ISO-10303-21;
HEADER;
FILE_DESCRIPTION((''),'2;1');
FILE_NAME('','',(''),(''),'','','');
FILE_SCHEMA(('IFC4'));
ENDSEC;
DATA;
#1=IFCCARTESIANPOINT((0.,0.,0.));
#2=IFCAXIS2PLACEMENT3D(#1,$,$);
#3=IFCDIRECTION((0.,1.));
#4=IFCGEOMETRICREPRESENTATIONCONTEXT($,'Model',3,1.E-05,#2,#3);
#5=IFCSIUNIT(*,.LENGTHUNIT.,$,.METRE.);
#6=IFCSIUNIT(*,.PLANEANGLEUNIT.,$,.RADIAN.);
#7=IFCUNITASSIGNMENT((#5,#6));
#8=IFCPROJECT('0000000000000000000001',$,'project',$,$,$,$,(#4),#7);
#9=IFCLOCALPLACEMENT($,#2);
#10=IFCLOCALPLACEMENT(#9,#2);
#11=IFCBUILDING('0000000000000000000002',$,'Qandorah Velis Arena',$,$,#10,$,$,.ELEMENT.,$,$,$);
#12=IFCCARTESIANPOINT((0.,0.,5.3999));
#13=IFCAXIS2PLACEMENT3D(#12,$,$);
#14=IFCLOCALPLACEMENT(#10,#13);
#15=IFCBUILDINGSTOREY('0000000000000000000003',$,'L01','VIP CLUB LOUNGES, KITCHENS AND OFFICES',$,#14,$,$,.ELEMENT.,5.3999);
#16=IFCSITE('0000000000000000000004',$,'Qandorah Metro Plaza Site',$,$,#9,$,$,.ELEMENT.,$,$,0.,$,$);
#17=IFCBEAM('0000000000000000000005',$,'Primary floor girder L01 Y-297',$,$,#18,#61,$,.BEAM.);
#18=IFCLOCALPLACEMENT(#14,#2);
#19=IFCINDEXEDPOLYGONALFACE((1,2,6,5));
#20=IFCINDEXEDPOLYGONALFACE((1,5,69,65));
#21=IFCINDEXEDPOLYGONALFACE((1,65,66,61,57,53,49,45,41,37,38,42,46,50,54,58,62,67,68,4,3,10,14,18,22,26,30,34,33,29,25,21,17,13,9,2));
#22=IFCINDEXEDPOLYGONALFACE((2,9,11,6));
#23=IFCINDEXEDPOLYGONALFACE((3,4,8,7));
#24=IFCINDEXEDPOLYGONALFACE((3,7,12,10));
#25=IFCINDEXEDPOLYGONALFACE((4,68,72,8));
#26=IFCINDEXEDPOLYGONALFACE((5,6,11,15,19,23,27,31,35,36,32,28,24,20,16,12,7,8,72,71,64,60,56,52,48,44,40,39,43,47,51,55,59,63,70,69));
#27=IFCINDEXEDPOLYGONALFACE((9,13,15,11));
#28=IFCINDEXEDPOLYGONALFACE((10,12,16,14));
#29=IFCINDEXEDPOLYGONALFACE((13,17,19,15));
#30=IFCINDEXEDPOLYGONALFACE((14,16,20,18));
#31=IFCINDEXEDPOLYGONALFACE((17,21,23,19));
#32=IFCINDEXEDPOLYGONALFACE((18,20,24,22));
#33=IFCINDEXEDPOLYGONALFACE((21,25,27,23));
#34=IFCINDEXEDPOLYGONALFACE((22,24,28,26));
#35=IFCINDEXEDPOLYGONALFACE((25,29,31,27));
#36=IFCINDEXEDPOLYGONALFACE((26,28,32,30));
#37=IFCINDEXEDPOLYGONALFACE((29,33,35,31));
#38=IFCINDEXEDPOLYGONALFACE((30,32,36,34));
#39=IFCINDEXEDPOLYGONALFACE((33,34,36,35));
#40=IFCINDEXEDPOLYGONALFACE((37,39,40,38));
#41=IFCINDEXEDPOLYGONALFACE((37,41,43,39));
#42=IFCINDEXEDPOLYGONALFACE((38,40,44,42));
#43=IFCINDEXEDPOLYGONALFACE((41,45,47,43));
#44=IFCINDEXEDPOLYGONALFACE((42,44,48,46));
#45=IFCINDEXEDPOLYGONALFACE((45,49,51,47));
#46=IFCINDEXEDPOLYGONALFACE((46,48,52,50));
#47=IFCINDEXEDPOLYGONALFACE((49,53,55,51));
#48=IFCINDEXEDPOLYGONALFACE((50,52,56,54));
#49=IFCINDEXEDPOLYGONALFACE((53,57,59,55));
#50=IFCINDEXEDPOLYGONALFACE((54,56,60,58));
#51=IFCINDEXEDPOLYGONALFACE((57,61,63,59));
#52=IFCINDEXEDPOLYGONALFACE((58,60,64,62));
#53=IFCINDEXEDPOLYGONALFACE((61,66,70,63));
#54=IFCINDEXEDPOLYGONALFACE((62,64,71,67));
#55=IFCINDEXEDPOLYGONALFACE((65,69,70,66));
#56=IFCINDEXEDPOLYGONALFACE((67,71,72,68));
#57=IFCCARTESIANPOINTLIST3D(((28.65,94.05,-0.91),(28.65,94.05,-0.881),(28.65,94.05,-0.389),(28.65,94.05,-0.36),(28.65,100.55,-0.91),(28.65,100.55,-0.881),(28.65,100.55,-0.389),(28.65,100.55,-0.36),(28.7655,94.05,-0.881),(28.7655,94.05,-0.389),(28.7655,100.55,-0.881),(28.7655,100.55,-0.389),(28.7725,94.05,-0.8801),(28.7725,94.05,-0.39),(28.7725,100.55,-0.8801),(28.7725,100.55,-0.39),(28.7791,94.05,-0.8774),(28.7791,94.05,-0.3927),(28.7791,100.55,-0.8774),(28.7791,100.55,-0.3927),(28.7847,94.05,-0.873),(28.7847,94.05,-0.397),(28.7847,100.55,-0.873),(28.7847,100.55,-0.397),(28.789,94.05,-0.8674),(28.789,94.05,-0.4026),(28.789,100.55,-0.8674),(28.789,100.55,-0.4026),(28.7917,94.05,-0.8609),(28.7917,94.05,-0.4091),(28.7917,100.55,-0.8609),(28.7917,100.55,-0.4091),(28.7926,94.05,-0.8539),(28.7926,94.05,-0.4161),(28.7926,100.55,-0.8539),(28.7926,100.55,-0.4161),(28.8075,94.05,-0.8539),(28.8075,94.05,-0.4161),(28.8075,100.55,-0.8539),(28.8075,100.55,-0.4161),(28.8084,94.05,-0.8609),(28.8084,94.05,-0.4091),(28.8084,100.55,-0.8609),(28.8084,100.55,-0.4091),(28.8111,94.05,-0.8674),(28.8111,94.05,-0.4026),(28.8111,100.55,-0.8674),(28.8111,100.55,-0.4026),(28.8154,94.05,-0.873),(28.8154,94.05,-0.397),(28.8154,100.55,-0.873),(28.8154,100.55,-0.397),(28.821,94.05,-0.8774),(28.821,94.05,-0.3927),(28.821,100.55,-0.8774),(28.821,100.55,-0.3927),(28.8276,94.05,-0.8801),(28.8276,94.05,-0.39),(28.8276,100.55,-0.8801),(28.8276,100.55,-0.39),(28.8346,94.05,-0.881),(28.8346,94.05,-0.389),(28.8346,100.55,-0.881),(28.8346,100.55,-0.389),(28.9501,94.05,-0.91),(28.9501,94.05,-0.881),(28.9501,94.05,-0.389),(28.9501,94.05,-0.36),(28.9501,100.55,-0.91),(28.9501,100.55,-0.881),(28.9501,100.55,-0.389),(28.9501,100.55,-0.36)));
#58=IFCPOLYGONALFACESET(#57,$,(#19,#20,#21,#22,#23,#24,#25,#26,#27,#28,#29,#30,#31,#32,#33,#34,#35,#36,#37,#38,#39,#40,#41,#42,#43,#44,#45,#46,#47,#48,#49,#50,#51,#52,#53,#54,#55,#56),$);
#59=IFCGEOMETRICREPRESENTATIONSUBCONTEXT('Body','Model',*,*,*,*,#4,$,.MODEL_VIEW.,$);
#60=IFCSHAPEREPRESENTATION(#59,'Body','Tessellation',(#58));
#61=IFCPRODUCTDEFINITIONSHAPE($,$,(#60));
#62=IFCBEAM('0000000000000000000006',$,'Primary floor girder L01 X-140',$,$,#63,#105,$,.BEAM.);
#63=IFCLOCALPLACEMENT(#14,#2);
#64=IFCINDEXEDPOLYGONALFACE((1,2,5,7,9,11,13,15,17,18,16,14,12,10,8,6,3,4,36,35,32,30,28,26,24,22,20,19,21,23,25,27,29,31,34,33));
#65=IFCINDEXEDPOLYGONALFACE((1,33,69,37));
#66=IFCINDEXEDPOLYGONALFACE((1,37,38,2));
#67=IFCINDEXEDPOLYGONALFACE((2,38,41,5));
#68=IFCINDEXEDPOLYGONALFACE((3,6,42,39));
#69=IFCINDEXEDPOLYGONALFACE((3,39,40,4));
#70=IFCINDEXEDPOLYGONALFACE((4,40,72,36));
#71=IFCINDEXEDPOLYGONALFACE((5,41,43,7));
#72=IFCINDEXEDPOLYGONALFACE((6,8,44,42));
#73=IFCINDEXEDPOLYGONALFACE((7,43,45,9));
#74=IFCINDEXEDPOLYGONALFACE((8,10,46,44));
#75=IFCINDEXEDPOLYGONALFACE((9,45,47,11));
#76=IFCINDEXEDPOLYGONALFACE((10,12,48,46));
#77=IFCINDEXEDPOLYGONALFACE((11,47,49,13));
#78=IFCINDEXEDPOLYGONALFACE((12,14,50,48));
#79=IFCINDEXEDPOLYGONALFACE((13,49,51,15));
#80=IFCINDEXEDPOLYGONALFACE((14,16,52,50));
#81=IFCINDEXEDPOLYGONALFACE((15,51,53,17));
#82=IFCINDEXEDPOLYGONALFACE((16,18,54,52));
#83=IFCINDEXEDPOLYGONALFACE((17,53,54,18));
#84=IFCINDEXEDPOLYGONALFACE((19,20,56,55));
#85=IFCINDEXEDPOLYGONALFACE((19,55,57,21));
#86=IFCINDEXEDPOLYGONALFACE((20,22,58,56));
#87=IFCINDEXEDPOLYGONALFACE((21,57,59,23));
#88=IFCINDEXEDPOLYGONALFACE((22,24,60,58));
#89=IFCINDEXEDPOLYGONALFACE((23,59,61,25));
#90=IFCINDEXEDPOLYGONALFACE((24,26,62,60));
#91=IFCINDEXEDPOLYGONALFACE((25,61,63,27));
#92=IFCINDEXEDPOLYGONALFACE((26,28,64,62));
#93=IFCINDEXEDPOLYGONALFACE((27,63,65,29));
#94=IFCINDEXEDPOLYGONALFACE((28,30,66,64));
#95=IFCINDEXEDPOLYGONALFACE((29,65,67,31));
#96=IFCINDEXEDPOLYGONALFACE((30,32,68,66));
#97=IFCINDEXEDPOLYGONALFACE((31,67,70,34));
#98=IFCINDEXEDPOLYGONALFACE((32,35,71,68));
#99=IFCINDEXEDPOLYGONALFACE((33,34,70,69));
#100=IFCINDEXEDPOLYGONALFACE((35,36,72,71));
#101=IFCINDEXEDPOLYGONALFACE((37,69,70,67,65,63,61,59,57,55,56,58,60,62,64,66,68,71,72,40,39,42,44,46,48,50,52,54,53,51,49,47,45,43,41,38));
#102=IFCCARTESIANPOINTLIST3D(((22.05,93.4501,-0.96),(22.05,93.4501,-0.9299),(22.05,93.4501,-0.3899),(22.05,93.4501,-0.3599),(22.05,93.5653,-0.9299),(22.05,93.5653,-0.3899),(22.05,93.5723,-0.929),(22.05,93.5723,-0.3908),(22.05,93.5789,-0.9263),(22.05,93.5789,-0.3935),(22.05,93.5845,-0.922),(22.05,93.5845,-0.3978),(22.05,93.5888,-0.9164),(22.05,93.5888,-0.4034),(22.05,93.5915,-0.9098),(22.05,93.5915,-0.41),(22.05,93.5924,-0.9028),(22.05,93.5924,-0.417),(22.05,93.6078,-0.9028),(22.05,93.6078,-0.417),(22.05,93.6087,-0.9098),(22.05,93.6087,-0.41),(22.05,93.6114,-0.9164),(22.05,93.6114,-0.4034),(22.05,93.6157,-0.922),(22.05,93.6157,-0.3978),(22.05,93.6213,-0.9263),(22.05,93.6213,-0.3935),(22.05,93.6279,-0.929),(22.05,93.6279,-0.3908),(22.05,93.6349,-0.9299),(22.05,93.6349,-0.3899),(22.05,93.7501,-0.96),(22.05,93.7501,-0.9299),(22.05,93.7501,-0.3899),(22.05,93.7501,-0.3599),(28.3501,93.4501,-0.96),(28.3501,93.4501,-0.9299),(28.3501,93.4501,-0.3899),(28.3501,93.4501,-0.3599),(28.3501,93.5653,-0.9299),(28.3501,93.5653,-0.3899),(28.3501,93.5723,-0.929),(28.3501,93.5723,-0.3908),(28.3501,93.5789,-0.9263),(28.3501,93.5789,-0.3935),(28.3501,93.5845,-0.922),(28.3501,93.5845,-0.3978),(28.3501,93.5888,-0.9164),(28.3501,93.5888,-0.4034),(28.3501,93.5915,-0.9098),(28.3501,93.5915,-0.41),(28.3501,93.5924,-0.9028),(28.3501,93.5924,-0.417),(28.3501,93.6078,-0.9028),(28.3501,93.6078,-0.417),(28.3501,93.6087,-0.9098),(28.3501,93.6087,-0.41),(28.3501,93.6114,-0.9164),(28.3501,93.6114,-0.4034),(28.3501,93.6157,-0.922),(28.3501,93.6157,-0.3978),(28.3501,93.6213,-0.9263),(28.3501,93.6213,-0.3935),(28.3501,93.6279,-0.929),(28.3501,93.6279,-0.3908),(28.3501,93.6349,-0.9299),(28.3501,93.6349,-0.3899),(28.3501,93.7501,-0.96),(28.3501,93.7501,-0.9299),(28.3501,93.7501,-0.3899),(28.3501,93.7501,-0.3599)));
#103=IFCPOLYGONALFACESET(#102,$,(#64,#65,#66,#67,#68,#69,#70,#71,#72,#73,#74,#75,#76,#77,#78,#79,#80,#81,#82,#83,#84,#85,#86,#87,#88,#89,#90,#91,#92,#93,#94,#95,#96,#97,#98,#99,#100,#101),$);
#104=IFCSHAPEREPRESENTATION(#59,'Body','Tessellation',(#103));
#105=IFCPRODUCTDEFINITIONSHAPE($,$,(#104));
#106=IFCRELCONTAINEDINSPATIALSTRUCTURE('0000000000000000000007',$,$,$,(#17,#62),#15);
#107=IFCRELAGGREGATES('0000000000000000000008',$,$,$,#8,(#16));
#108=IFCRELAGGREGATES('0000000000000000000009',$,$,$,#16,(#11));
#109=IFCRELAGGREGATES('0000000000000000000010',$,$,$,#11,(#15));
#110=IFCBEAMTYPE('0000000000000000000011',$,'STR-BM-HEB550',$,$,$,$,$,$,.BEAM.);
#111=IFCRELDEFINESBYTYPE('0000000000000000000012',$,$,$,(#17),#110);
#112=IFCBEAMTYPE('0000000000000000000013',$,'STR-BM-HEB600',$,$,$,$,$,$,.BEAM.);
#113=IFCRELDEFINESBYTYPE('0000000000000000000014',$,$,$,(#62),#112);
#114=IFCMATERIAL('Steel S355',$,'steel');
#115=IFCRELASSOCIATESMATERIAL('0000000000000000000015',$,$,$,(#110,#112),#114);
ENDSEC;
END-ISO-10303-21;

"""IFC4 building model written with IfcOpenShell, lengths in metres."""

from ifc_helpers import new_model, si_unit, direction, frame, origin, origin_2d, place, context, subcontext, project, spatial, i_section, extrude, material, material_profile, profile_set, type_object, element, save


model = new_model("IFC4")

# Units and contexts
model_context = context("Model", 3, precision=1e-05, world=origin(), true_north=direction((0.0, 1.0)))
body_context = subcontext(model_context, "Body", "Model", "MODEL_VIEW")
ifc_project = project(units=[si_unit("LENGTHUNIT", "METRE"), si_unit("PLANEANGLEUNIT", "RADIAN")], contexts=[model_context])

# Site, building, storey
site_placement = place(None, origin())
site = spatial("IfcSite", under=ifc_project, at=site_placement, Name="Qandorah Metro Plaza Site", CompositionType="ELEMENT", RefElevation=0.0)
building_placement = place(site_placement, origin())
building = spatial("IfcBuilding", under=site, at=building_placement, Name="Qandorah Velis Arena", CompositionType="ELEMENT")
storey_placement = place(building_placement, frame((0.0, 0.0, 5.3999)))
storey = spatial("IfcBuildingStorey", under=building, at=storey_placement, Name="L01", Description="VIP CLUB LOUNGES, KITCHENS AND OFFICES", CompositionType="ELEMENT", Elevation=5.3999)

# Beams
ifc_material_1 = material(Name="Steel S355", Category="steel")
ifc_material_profile_1 = material_profile(ifc_material_1, i_section(OverallWidth=0.3, OverallDepth=0.55, WebThickness=0.0149, FlangeThickness=0.0291, FilletRadius=0.0271, at=origin_2d()), Name="HEB 550")
ifc_profile_set_1 = profile_set([ifc_material_profile_1], Name="Steel S355")
beam_type_1 = type_object("IfcBeamType", Name="STR-BM-HEB550", PredefinedType="BEAM", material=ifc_profile_set_1)
beam_1_placement = place(storey_placement, frame((28.8, 94.05, -0.635), z_axis=(0.0, 1.0, 0.0), x_axis=(-1.0, 0.0, 0.0)))
element("IfcBeam", 1, at=beam_1_placement, inside=storey, type_object=beam_type_1, Name="Primary floor girder L01 Y-297", PredefinedType="BEAM", context=body_context, shape_type="SweptSolid", body=[
    extrude(i_section(OverallWidth=0.3, OverallDepth=0.55, WebThickness=0.0149, FlangeThickness=0.0291, FilletRadius=0.0271, at=origin_2d()), origin(), (0.0, 0.0, 1.0), 6.5),
])
ifc_material_profile_2 = material_profile(ifc_material_1, i_section(OverallWidth=0.3, OverallDepth=0.6001, WebThickness=0.0154, FlangeThickness=0.03, FilletRadius=0.0271, at=origin_2d()), Name="HEB 600")
ifc_profile_set_2 = profile_set([ifc_material_profile_2], Name="Steel S355")
beam_type_2 = type_object("IfcBeamType", Name="STR-BM-HEB600", PredefinedType="BEAM", material=ifc_profile_set_2)
beam_2_placement = place(storey_placement, frame((22.05, 93.6001, -0.6599), z_axis=(1.0, 0.0, 0.0), x_axis=(0.0, 1.0, 0.0)))
element("IfcBeam", 2, at=beam_2_placement, inside=storey, type_object=beam_type_2, Name="Primary floor girder L01 X-140", PredefinedType="BEAM", context=body_context, shape_type="SweptSolid", body=[
    extrude(i_section(OverallWidth=0.3, OverallDepth=0.6001, WebThickness=0.0154, FlangeThickness=0.03, FilletRadius=0.0271, at=origin_2d()), origin(), (0.0, 0.0, 1.0), 6.3),
])

save(model, "model.ifc")
